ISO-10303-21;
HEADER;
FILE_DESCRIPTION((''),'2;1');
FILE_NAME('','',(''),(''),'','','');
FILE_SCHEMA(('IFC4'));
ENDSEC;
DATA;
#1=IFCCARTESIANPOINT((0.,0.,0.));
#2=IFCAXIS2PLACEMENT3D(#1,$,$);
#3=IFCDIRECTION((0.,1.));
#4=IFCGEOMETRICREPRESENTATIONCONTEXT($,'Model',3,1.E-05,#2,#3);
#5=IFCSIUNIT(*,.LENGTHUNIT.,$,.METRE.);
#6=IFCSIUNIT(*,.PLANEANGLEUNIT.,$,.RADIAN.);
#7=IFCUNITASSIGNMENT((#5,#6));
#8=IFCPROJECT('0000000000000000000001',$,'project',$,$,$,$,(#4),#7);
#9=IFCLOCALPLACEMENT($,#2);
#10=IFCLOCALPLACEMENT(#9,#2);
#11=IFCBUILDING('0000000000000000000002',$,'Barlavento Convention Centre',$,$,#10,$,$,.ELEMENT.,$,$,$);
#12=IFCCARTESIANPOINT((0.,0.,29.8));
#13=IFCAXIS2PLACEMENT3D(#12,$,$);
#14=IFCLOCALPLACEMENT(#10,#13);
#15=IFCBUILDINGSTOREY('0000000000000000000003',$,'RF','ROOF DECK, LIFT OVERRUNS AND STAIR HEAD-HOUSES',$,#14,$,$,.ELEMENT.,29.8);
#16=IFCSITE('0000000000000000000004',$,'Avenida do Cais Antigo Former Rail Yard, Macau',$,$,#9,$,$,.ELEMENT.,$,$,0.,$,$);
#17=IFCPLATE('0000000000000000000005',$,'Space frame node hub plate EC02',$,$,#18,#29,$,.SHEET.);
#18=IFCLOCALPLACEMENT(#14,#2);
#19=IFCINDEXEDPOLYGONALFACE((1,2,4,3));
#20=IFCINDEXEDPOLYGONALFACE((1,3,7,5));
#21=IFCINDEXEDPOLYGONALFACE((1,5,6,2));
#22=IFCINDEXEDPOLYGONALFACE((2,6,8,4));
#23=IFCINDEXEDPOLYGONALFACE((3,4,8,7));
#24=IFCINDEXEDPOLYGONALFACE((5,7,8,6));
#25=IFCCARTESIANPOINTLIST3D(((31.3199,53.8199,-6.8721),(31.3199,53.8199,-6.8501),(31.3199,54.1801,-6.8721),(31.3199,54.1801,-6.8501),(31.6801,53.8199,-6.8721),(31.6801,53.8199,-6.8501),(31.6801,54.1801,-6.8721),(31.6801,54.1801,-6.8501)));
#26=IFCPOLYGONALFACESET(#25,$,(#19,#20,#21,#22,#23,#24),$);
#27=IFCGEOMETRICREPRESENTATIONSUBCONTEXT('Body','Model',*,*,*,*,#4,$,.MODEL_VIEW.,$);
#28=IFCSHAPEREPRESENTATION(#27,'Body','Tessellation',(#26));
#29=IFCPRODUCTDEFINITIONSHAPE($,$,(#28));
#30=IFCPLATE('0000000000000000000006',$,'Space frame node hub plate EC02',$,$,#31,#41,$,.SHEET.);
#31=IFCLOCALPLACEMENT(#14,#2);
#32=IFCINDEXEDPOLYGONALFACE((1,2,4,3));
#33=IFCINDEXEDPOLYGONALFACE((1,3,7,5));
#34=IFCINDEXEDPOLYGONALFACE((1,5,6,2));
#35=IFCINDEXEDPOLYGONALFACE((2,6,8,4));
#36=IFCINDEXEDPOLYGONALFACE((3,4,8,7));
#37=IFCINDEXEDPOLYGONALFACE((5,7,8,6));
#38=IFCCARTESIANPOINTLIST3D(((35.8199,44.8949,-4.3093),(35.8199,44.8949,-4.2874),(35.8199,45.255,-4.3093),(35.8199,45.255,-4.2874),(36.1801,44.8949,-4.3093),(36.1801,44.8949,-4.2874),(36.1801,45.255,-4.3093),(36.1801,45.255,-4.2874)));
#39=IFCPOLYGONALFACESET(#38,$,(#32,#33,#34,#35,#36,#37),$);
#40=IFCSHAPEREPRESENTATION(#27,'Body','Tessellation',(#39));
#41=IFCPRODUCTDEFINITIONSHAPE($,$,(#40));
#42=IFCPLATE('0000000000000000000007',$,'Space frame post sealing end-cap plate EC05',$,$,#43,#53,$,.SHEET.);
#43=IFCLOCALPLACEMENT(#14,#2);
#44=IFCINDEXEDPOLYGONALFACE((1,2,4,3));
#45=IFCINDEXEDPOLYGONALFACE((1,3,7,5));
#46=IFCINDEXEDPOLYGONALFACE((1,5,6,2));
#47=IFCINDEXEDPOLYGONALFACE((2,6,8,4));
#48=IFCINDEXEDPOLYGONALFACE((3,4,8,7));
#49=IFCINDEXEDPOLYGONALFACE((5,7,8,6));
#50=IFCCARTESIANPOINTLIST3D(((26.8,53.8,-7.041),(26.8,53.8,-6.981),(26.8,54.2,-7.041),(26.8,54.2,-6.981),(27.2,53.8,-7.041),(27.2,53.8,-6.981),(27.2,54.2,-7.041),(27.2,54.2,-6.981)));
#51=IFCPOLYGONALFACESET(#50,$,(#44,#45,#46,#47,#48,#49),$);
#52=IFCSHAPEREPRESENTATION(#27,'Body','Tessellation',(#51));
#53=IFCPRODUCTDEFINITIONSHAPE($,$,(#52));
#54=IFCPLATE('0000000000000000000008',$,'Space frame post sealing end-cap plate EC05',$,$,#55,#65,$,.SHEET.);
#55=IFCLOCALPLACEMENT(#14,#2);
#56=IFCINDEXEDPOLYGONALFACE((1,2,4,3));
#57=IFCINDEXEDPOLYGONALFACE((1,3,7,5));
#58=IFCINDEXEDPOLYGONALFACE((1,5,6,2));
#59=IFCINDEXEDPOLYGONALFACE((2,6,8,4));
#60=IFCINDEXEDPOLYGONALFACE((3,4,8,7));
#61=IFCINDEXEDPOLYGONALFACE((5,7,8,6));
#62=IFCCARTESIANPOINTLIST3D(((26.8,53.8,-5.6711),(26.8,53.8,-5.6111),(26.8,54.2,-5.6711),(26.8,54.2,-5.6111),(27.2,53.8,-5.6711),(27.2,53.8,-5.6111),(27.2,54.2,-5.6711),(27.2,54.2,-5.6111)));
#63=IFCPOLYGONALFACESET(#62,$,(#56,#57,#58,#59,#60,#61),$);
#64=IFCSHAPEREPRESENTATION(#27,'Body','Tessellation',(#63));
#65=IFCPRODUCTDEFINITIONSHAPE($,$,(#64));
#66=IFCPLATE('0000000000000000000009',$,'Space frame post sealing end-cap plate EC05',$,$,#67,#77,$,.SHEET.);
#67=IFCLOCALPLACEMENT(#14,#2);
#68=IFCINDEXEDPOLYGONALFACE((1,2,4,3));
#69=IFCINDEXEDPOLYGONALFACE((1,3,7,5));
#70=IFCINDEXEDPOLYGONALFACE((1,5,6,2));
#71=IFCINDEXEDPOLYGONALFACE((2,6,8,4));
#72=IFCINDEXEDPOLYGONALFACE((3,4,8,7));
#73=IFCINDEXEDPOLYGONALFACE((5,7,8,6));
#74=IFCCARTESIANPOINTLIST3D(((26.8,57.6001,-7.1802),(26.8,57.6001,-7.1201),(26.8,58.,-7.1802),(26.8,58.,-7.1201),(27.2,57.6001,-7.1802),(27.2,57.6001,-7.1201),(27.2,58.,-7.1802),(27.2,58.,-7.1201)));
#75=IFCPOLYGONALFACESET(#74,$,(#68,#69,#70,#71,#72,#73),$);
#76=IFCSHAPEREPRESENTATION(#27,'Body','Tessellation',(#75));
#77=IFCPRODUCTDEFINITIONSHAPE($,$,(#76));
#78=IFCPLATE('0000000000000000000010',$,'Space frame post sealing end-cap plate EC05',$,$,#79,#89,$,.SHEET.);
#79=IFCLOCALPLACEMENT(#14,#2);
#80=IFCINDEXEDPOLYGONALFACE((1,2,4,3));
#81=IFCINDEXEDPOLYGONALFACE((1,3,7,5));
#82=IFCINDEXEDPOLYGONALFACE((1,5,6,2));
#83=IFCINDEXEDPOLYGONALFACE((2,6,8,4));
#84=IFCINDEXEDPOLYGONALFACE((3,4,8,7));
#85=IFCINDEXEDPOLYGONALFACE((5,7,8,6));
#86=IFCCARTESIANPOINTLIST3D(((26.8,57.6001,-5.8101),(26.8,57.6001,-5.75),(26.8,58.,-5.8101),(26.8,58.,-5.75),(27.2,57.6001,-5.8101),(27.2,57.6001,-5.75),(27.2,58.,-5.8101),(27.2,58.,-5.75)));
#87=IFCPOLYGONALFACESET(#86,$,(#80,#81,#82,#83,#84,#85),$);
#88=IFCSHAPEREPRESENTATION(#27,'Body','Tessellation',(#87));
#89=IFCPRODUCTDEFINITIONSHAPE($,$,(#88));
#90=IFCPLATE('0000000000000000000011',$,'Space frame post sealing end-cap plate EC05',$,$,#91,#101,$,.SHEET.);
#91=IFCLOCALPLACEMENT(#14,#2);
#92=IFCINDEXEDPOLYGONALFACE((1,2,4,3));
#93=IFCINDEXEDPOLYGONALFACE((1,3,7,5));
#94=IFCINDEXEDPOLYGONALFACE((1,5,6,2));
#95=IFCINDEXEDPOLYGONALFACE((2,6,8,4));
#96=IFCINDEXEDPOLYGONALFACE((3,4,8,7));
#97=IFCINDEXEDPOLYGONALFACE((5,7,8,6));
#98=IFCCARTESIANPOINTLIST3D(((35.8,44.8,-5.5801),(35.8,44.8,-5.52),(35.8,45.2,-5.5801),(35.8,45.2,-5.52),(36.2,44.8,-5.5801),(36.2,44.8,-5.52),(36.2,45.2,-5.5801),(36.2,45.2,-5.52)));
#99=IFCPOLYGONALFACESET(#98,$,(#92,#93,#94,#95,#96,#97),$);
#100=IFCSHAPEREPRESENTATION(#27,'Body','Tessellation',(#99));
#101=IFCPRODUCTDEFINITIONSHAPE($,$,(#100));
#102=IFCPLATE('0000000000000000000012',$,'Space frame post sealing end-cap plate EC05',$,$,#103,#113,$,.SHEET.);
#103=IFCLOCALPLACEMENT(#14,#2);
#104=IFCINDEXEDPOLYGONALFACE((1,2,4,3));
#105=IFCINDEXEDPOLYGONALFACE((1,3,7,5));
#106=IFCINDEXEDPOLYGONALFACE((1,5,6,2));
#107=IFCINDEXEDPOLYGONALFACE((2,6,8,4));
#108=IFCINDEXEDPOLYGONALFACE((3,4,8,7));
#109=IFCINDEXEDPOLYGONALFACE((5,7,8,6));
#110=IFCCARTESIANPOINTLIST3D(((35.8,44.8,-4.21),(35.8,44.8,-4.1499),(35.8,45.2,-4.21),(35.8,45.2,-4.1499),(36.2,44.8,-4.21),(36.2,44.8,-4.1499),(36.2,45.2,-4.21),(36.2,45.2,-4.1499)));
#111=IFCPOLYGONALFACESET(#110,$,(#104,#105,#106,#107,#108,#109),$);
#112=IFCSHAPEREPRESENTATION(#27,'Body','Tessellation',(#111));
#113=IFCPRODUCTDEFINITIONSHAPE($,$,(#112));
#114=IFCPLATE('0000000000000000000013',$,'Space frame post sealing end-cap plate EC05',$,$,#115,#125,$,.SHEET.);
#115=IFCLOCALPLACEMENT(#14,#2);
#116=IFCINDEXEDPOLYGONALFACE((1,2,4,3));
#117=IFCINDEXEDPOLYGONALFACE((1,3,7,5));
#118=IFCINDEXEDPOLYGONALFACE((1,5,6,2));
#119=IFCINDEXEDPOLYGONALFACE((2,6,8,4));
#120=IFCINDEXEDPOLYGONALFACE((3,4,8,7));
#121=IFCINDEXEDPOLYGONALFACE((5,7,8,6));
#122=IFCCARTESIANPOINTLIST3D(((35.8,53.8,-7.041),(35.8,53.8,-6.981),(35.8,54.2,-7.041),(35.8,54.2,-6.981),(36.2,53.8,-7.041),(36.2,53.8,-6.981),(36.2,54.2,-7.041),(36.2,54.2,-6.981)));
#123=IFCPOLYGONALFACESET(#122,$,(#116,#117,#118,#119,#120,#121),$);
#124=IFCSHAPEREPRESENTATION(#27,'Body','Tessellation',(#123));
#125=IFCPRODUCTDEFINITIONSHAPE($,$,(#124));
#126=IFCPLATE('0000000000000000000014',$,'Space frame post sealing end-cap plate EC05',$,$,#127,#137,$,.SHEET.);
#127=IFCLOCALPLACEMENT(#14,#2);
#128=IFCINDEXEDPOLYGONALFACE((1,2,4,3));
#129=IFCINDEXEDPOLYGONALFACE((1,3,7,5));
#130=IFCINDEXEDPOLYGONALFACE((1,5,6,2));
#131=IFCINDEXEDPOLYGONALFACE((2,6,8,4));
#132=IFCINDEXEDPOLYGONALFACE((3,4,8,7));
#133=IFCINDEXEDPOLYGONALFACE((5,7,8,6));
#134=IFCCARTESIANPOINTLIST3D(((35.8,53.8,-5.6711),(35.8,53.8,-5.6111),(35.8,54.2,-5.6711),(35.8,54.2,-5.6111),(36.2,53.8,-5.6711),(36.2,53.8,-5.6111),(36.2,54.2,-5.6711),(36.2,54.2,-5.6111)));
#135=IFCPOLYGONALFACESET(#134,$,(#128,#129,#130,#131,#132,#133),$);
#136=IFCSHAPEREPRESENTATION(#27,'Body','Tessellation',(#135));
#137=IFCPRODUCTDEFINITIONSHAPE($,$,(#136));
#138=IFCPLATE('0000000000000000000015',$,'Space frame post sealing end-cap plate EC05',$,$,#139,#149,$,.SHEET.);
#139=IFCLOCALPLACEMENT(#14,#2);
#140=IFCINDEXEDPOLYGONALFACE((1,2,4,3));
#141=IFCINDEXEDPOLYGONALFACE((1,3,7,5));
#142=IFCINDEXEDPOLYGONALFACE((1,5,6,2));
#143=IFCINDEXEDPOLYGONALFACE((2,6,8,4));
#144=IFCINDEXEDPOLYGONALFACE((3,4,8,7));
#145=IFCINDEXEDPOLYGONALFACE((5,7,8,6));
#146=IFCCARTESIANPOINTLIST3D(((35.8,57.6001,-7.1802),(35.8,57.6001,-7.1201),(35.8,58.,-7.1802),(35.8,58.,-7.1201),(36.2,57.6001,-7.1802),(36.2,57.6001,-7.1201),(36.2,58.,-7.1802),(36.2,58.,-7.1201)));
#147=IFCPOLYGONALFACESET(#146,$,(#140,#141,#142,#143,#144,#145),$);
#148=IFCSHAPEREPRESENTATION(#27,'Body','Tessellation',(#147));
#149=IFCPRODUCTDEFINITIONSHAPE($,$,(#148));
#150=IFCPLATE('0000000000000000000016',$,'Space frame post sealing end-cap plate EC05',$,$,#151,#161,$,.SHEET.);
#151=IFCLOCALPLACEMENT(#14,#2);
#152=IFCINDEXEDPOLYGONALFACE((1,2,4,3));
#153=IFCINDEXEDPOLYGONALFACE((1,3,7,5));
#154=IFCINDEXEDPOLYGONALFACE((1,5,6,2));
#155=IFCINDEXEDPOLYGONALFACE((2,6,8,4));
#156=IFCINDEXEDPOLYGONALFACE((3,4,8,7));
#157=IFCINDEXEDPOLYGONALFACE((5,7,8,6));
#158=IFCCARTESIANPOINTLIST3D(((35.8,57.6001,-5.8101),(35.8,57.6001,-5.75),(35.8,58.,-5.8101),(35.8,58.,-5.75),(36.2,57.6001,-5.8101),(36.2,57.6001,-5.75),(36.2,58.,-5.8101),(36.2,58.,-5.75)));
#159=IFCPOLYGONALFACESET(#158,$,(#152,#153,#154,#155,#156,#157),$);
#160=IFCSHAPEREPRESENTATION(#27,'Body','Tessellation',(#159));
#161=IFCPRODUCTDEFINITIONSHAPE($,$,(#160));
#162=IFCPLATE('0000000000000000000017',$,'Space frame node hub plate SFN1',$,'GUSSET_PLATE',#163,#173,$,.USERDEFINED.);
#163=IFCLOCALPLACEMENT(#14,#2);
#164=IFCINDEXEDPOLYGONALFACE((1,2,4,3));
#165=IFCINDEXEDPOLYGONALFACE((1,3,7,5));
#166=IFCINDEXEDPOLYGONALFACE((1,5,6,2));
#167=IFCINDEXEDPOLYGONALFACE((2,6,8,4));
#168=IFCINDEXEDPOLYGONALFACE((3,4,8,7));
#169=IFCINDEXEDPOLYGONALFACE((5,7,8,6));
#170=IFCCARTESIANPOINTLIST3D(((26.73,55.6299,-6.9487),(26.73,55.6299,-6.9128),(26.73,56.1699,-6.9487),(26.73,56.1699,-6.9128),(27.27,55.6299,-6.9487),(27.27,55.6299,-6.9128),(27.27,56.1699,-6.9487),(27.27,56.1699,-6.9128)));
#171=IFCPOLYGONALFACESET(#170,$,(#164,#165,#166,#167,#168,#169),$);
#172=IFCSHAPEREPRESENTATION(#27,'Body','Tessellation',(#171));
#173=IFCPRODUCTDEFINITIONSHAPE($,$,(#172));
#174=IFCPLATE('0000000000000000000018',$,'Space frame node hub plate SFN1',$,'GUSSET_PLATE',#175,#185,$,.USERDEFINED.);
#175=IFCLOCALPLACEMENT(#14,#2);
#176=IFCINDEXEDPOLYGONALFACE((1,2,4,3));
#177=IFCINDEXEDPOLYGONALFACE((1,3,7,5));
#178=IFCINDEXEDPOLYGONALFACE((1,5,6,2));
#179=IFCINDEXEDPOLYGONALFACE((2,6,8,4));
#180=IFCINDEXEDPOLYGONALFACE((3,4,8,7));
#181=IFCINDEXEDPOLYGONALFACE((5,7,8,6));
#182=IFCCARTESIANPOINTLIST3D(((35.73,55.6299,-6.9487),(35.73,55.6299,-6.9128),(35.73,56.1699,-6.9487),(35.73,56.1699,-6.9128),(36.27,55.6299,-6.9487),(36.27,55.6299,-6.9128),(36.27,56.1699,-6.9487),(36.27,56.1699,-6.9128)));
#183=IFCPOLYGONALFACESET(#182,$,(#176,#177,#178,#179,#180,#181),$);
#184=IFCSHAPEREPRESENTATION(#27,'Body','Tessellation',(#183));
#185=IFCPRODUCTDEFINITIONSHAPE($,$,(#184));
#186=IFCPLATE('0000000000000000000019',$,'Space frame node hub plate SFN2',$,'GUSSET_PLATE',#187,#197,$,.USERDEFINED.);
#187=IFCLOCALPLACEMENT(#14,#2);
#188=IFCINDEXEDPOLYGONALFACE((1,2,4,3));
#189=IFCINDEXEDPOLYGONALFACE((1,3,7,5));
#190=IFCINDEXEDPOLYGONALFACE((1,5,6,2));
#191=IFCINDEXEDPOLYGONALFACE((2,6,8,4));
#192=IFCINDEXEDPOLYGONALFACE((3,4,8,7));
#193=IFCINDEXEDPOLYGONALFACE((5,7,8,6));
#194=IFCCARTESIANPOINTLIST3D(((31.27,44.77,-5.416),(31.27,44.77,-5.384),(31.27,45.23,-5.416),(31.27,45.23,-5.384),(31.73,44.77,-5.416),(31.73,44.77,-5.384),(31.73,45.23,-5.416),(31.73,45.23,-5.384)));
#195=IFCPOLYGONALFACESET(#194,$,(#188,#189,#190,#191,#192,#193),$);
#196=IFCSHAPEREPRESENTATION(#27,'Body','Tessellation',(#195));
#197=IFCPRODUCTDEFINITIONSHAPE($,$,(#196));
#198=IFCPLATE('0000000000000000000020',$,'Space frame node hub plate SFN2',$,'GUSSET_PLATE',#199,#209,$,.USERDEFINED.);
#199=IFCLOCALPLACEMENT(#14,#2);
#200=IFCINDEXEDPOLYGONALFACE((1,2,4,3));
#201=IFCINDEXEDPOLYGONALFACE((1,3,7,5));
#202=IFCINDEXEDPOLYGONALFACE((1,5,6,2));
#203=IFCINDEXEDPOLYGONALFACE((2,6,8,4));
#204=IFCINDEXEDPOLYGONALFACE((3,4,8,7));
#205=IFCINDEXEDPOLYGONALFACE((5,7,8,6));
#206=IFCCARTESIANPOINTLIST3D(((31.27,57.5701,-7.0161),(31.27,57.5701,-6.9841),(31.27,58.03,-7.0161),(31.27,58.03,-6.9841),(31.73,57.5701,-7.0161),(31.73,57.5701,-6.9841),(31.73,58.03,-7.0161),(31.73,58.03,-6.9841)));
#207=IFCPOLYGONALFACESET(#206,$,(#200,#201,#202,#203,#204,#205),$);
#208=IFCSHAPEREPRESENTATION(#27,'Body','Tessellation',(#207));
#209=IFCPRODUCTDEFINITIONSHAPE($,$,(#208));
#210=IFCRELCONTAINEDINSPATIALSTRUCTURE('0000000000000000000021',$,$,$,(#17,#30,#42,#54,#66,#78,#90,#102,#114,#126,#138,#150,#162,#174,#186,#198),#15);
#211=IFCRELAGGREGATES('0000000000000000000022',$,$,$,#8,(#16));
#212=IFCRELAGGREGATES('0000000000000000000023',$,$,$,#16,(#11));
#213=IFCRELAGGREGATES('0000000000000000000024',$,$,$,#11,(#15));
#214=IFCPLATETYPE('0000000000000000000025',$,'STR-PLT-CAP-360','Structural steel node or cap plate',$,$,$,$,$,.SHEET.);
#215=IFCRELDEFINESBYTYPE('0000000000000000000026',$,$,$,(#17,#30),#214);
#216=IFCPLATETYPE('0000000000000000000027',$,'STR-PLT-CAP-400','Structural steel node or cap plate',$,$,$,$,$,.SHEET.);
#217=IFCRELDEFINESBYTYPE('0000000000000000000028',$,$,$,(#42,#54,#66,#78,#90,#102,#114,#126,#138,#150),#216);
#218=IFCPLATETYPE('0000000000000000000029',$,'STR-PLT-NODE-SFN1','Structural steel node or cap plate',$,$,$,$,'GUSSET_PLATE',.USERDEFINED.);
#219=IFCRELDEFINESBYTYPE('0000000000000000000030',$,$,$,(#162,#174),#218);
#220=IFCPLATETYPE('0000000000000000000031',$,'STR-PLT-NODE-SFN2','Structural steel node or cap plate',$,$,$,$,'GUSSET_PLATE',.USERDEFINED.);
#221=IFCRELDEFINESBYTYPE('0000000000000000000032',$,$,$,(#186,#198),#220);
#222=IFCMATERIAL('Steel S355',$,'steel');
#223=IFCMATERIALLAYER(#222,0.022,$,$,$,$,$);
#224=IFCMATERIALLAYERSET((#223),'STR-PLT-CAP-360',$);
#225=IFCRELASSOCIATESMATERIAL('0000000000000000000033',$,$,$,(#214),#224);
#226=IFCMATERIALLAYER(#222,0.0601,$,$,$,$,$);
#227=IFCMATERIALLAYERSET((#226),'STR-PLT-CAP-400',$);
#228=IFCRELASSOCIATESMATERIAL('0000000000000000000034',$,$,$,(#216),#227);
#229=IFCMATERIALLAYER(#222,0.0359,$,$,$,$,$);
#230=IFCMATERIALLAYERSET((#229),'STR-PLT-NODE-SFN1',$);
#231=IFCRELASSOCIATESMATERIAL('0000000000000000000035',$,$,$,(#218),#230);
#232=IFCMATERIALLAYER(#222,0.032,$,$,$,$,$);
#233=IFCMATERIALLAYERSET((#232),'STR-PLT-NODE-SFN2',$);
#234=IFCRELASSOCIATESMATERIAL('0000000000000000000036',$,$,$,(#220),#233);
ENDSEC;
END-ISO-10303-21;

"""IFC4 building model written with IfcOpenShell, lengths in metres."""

from ifc_helpers import new_model, si_unit, direction, frame, origin, origin_2d, place, context, subcontext, project, spatial, rectangle, extrude, material, layer, layer_set, type_object, element, save


model = new_model("IFC4")

# Units and contexts
model_context = context("Model", 3, precision=1e-05, world=origin(), true_north=direction((0.0, 1.0)))
body_context = subcontext(model_context, "Body", "Model", "MODEL_VIEW")
ifc_project = project(units=[si_unit("LENGTHUNIT", "METRE"), si_unit("PLANEANGLEUNIT", "RADIAN")], contexts=[model_context])

# Site, building, storey
site_placement = place(None, origin())
site = spatial("IfcSite", under=ifc_project, at=site_placement, Name="Avenida do Cais Antigo Former Rail Yard, Macau", CompositionType="ELEMENT", RefElevation=0.0)
building_placement = place(site_placement, origin())
building = spatial("IfcBuilding", under=site, at=building_placement, Name="Barlavento Convention Centre", CompositionType="ELEMENT")
storey_placement = place(building_placement, frame((0.0, 0.0, 29.8)))
storey = spatial("IfcBuildingStorey", under=building, at=storey_placement, Name="RF", Description="ROOF DECK, LIFT OVERRUNS AND STAIR HEAD-HOUSES", CompositionType="ELEMENT", Elevation=29.8)

# Shared definitions
ifc_material_1 = material(Name="Steel S355", Category="steel")

# Plates
ifc_layer_1 = layer(ifc_material_1, 0.022)
ifc_layer_set_1 = layer_set([ifc_layer_1], Name="STR-PLT-CAP-360")
plate_type_1 = type_object("IfcPlateType", Name="STR-PLT-CAP-360", Description="Structural steel node or cap plate", PredefinedType="SHEET", material=ifc_layer_set_1)
for number, where, z_axis, x_axis, name in (
    (1, (31.5, 54.0, -6.8721), (0.0, 0.0, 1.0), (1.0, 0.0, 0.0), "Space frame node hub plate EC02"),
    (2, (36.0, 45.075, -4.3093), (0.0, 0.0, 1.0), (1.0, 0.0, 0.0), "Space frame node hub plate EC02"),
):
    element("IfcPlate", number, at=place(storey_placement, frame(where, z_axis=z_axis, x_axis=x_axis)), inside=storey, type_object=plate_type_1, Name=name, PredefinedType="SHEET", context=body_context, shape_type="SweptSolid", body=[
        extrude(rectangle(XDim=0.3601, YDim=0.3601, at=origin_2d()), origin(), (0.0, 0.0, 1.0), 0.022),
    ])
ifc_layer_2 = layer(ifc_material_1, 0.0601)
ifc_layer_set_2 = layer_set([ifc_layer_2], Name="STR-PLT-CAP-400")
plate_type_2 = type_object("IfcPlateType", Name="STR-PLT-CAP-400", Description="Structural steel node or cap plate", PredefinedType="SHEET", material=ifc_layer_set_2)
for number, where, z_axis, x_axis, name in (
    (3, (27.0, 54.0, -7.041), (0.0, 0.0, 1.0), (1.0, 0.0, 0.0), "Space frame post sealing end-cap plate EC05"),
    (4, (27.0, 54.0, -5.6711), (0.0, 0.0, 1.0), (1.0, 0.0, 0.0), "Space frame post sealing end-cap plate EC05"),
    (5, (27.0, 57.8, -7.1802), (0.0, 0.0, 1.0), (1.0, 0.0, 0.0), "Space frame post sealing end-cap plate EC05"),
    (6, (27.0, 57.8, -5.8101), (0.0, 0.0, 1.0), (1.0, 0.0, 0.0), "Space frame post sealing end-cap plate EC05"),
    (7, (36.0, 45.0, -5.5801), (0.0, 0.0, 1.0), (1.0, 0.0, 0.0), "Space frame post sealing end-cap plate EC05"),
    (8, (36.0, 45.0, -4.21), (0.0, 0.0, 1.0), (1.0, 0.0, 0.0), "Space frame post sealing end-cap plate EC05"),
    (9, (36.0, 54.0, -7.041), (0.0, 0.0, 1.0), (1.0, 0.0, 0.0), "Space frame post sealing end-cap plate EC05"),
    (10, (36.0, 54.0, -5.6711), (0.0, 0.0, 1.0), (1.0, 0.0, 0.0), "Space frame post sealing end-cap plate EC05"),
    (11, (36.0, 57.8, -7.1802), (0.0, 0.0, 1.0), (1.0, 0.0, 0.0), "Space frame post sealing end-cap plate EC05"),
    (12, (36.0, 57.8, -5.8101), (0.0, 0.0, 1.0), (1.0, 0.0, 0.0), "Space frame post sealing end-cap plate EC05"),
):
    element("IfcPlate", number, at=place(storey_placement, frame(where, z_axis=z_axis, x_axis=x_axis)), inside=storey, type_object=plate_type_2, Name=name, PredefinedType="SHEET", context=body_context, shape_type="SweptSolid", body=[
        extrude(rectangle(XDim=0.3999, YDim=0.3999, at=origin_2d()), origin(), (0.0, 0.0, 1.0), 0.0601),
    ])
ifc_layer_3 = layer(ifc_material_1, 0.0359)
ifc_layer_set_3 = layer_set([ifc_layer_3], Name="STR-PLT-NODE-SFN1")
plate_type_3 = type_object("IfcPlateType", Name="STR-PLT-NODE-SFN1", Description="Structural steel node or cap plate", ElementType="GUSSET_PLATE", PredefinedType="USERDEFINED", material=ifc_layer_set_3)
for number, where, z_axis, x_axis, name in (
    (13, (27.0, 55.8999, -6.9487), (0.0, 0.0, 1.0), (1.0, 0.0, 0.0), "Space frame node hub plate SFN1"),
    (14, (36.0, 55.8999, -6.9487), (0.0, 0.0, 1.0), (1.0, 0.0, 0.0), "Space frame node hub plate SFN1"),
):
    element("IfcPlate", number, at=place(storey_placement, frame(where, z_axis=z_axis, x_axis=x_axis)), inside=storey, type_object=plate_type_3, Name=name, ObjectType="GUSSET_PLATE", PredefinedType="USERDEFINED", context=body_context, shape_type="SweptSolid", body=[
        extrude(rectangle(XDim=0.54, YDim=0.54, at=origin_2d()), origin(), (0.0, 0.0, 1.0), 0.0359),
    ])
ifc_layer_4 = layer(ifc_material_1, 0.032)
ifc_layer_set_4 = layer_set([ifc_layer_4], Name="STR-PLT-NODE-SFN2")
plate_type_4 = type_object("IfcPlateType", Name="STR-PLT-NODE-SFN2", Description="Structural steel node or cap plate", ElementType="GUSSET_PLATE", PredefinedType="USERDEFINED", material=ifc_layer_set_4)
for number, where, z_axis, x_axis, name in (
    (15, (31.5, 45.0, -5.416), (0.0, 0.0, 1.0), (1.0, 0.0, 0.0), "Space frame node hub plate SFN2"),
    (16, (31.5, 57.8, -7.0161), (0.0, 0.0, 1.0), (1.0, 0.0, 0.0), "Space frame node hub plate SFN2"),
):
    element("IfcPlate", number, at=place(storey_placement, frame(where, z_axis=z_axis, x_axis=x_axis)), inside=storey, type_object=plate_type_4, Name=name, ObjectType="GUSSET_PLATE", PredefinedType="USERDEFINED", context=body_context, shape_type="SweptSolid", body=[
        extrude(rectangle(XDim=0.46, YDim=0.46, at=origin_2d()), origin(), (0.0, 0.0, 1.0), 0.032),
    ])

save(model, "model.ifc")
